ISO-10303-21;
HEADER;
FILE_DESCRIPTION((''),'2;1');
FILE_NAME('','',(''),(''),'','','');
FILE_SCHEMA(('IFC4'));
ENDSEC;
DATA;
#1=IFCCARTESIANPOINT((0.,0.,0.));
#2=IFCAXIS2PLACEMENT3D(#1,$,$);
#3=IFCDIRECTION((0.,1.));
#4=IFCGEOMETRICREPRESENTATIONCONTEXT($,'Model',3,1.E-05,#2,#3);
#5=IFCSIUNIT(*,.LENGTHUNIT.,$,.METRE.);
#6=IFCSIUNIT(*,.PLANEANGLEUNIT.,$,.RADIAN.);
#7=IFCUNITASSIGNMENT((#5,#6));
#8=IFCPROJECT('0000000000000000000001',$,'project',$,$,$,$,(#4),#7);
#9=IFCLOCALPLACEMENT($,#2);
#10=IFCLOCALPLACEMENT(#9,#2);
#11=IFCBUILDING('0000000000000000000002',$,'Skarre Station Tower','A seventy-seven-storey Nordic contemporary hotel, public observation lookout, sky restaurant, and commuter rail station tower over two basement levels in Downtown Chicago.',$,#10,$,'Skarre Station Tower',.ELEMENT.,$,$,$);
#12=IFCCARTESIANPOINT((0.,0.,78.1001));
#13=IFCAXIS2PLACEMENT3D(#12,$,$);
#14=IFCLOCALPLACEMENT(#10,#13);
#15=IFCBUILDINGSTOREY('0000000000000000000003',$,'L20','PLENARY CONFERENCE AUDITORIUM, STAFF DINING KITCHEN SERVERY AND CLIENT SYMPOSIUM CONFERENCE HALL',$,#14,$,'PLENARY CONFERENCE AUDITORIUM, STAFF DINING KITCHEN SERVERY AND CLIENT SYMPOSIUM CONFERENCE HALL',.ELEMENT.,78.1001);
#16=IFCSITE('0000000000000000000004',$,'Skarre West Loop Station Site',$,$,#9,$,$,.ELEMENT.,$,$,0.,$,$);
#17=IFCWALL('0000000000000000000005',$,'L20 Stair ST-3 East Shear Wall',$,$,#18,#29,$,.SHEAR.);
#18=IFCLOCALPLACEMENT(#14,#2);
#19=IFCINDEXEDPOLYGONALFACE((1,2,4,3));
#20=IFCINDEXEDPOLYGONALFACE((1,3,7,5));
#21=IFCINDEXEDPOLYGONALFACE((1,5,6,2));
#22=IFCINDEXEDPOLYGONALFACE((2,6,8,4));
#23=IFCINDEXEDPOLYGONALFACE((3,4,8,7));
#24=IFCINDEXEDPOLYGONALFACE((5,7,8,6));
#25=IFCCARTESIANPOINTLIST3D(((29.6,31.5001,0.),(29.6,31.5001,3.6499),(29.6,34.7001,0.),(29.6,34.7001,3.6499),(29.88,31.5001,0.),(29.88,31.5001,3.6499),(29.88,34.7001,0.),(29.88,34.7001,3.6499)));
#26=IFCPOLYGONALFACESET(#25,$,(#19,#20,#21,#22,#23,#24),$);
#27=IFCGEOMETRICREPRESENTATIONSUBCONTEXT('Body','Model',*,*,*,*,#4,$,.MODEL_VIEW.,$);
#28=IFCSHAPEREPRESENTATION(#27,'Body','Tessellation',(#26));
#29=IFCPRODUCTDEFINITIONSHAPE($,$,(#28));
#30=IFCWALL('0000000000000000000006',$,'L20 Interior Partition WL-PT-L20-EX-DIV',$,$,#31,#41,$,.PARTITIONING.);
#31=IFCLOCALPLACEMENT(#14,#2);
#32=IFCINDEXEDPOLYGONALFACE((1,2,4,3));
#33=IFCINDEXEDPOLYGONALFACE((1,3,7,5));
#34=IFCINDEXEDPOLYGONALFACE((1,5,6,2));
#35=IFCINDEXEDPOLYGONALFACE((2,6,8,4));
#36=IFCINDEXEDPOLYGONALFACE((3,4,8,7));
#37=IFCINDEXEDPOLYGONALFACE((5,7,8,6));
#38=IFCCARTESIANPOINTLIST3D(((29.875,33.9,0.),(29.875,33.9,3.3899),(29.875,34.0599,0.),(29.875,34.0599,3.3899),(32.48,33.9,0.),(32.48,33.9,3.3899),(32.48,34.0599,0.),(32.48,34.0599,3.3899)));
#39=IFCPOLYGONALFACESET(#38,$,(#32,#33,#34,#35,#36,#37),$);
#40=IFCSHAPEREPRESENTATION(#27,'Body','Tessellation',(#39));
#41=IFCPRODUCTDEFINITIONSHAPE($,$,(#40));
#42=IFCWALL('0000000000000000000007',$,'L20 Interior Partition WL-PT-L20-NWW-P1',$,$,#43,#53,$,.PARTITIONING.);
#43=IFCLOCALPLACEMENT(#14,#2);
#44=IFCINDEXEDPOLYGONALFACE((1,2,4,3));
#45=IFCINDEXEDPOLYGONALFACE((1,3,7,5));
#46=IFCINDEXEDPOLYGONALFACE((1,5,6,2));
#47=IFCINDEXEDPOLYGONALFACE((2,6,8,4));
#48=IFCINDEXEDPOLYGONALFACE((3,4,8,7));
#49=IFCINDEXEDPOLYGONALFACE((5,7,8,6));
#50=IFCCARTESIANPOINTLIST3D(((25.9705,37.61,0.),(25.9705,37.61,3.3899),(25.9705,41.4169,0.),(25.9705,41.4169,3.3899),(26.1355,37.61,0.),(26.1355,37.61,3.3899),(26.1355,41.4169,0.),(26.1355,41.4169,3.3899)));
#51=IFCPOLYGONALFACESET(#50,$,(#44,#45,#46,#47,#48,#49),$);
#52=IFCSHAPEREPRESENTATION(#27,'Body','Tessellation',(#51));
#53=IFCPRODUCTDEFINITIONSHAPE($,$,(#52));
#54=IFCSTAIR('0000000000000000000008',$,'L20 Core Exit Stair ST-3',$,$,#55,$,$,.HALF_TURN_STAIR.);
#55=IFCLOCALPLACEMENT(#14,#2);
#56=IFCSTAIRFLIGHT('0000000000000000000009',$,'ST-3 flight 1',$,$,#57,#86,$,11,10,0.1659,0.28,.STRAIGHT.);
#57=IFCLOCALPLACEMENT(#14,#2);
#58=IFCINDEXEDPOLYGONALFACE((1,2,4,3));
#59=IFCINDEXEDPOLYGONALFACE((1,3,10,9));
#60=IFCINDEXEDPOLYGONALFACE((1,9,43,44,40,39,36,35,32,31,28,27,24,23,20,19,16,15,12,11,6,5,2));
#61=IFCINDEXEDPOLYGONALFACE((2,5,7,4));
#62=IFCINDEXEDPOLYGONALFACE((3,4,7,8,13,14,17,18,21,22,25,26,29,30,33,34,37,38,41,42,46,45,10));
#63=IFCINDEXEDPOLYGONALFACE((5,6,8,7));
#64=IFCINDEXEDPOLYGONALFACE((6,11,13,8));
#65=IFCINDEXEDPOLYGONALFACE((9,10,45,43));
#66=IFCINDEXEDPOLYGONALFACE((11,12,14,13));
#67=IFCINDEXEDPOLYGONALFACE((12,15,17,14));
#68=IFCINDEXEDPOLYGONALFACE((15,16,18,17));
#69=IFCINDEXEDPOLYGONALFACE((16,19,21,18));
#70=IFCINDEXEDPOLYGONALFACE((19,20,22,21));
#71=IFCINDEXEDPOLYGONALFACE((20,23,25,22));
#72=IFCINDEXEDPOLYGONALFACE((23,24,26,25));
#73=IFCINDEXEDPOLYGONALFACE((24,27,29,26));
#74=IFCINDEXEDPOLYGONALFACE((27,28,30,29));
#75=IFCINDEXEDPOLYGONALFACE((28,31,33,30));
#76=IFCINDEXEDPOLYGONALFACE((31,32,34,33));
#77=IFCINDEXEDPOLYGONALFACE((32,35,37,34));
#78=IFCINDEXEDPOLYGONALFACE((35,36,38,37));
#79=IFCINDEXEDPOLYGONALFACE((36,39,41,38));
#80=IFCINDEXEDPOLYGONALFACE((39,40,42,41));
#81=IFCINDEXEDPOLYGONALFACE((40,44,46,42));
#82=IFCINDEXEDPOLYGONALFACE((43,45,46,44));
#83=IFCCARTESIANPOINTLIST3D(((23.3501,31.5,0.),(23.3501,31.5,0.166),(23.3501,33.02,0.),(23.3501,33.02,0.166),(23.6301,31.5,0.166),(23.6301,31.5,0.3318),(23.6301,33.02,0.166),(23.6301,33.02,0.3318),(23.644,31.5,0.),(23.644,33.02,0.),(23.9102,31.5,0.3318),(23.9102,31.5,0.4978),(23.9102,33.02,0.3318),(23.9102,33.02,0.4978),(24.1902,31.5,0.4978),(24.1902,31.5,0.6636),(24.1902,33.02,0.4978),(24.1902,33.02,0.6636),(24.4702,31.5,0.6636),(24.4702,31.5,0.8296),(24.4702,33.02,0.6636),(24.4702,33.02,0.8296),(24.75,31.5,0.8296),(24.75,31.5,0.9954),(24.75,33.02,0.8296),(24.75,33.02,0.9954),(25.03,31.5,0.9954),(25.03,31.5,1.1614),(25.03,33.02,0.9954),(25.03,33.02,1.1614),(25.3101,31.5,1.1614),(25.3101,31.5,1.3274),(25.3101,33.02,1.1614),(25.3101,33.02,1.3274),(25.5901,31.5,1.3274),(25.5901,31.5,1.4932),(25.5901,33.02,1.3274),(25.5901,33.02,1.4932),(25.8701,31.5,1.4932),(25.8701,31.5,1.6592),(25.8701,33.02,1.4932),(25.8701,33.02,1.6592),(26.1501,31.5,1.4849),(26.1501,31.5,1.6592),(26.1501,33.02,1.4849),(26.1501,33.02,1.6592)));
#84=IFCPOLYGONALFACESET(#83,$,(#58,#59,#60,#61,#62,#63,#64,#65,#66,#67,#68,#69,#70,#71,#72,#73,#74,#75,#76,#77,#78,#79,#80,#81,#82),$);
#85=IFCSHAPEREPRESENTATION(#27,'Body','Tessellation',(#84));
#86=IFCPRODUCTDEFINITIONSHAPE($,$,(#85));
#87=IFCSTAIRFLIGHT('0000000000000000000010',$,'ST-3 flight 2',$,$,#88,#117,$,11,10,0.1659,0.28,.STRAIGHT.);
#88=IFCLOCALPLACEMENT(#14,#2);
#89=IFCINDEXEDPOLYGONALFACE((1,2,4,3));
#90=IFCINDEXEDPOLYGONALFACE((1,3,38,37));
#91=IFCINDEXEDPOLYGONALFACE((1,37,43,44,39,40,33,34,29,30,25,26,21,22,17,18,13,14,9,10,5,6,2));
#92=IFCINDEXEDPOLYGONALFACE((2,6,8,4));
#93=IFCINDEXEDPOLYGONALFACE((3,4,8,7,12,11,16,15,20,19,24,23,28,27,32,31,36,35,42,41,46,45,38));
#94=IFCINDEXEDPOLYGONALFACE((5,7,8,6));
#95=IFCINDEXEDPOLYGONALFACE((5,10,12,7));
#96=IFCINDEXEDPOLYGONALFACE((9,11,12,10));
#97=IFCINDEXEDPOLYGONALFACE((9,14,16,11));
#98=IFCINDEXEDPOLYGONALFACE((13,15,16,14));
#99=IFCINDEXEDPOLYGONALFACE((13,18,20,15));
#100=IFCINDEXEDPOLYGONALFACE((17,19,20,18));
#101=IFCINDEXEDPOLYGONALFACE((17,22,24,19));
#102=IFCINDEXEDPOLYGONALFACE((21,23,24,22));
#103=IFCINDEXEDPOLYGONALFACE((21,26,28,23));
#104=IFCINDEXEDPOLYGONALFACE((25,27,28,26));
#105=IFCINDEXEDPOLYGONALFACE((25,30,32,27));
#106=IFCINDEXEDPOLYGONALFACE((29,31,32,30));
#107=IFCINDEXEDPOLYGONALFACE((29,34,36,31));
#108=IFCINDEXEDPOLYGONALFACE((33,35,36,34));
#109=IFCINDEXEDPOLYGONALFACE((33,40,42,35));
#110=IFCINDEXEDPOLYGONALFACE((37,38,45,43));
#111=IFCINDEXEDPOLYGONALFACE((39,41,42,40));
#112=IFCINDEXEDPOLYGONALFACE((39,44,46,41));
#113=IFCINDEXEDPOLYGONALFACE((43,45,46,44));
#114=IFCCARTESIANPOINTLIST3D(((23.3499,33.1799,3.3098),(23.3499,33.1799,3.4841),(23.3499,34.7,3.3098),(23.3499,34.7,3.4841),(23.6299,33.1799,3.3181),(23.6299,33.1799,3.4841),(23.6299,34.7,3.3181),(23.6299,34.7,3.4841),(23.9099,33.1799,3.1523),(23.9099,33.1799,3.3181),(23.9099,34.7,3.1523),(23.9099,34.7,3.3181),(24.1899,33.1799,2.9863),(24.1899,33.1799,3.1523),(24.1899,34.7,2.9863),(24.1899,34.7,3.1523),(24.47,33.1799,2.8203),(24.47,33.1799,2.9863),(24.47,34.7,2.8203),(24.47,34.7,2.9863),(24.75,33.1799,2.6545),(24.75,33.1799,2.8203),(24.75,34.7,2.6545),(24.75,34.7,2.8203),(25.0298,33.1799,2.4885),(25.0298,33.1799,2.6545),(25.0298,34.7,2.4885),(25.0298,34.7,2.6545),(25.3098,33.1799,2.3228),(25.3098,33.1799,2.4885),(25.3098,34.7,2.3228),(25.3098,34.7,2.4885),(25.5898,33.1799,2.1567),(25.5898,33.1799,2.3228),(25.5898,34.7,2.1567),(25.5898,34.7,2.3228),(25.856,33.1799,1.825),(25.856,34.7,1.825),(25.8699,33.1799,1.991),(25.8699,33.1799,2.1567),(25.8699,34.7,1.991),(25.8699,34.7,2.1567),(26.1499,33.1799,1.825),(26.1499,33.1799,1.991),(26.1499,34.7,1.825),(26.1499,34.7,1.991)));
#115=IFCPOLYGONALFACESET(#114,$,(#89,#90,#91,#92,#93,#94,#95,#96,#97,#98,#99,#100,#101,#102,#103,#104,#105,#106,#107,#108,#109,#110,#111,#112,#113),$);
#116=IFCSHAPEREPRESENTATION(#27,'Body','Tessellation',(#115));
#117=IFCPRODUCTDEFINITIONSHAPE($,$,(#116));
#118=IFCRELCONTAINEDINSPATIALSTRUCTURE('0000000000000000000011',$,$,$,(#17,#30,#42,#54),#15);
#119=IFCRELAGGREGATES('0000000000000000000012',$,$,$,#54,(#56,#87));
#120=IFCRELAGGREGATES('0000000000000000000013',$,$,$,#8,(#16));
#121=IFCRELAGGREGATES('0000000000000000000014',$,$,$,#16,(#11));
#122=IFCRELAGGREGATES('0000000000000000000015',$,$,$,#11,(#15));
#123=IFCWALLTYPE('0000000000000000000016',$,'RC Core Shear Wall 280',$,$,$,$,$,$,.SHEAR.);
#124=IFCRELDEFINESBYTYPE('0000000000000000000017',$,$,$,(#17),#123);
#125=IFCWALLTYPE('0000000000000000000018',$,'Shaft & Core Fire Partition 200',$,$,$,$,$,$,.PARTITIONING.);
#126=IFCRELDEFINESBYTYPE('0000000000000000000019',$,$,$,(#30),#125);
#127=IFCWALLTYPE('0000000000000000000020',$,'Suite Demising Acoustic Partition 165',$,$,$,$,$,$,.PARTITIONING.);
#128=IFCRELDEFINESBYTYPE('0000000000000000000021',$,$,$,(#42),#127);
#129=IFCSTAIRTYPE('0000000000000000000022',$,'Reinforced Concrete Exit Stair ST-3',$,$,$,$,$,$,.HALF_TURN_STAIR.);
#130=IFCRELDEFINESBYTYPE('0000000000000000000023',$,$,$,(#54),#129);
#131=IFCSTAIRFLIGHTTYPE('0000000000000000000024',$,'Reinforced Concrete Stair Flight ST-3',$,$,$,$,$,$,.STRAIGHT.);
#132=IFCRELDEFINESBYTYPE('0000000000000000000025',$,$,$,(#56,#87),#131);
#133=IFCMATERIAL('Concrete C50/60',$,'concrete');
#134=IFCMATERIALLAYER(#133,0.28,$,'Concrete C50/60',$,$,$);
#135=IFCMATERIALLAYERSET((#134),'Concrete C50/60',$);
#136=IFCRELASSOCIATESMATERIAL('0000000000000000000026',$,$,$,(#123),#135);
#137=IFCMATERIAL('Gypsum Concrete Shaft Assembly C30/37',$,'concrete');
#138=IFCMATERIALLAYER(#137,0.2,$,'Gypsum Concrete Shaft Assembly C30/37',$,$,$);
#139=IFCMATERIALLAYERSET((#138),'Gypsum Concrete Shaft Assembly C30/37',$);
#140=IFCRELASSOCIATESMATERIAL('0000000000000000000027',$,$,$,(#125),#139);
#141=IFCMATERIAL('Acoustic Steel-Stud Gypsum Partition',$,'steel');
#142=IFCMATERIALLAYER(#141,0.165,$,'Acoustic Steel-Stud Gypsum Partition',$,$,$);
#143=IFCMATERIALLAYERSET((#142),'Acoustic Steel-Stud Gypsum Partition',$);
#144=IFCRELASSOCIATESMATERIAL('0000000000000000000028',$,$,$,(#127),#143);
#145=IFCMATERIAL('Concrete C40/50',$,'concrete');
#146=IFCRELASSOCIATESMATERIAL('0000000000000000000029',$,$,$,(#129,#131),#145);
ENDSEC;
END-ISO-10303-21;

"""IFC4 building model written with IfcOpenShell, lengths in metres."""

from ifc_helpers import new_model, si_unit, direction, frame, frame_2d, origin, place, context, subcontext, project, spatial, polyline, rectangle, outline, extrude, material, layer, layer_set, type_object, element, aggregate, save


model = new_model("IFC4")

# Units and contexts
model_context = context("Model", 3, precision=1e-05, world=origin(), true_north=direction((0.0, 1.0)))
body_context = subcontext(model_context, "Body", "Model", "MODEL_VIEW")
ifc_project = project(units=[si_unit("LENGTHUNIT", "METRE"), si_unit("PLANEANGLEUNIT", "RADIAN")], contexts=[model_context])

# Site, building, storey
site_placement = place(None, origin())
site = spatial("IfcSite", under=ifc_project, at=site_placement, Name="Skarre West Loop Station Site", CompositionType="ELEMENT", RefElevation=0.0)
building_placement = place(site_placement, origin())
building = spatial("IfcBuilding", under=site, at=building_placement, Name="Skarre Station Tower", Description="A seventy-seven-storey Nordic contemporary hotel, public observation lookout, sky restaurant, and commuter rail station tower over two basement levels in Downtown Chicago.", LongName="Skarre Station Tower", CompositionType="ELEMENT")
storey_placement = place(building_placement, frame((0.0, 0.0, 78.1001)))
storey = spatial("IfcBuildingStorey", under=building, at=storey_placement, Name="L20", Description="PLENARY CONFERENCE AUDITORIUM, STAFF DINING KITCHEN SERVERY AND CLIENT SYMPOSIUM CONFERENCE HALL", LongName="PLENARY CONFERENCE AUDITORIUM, STAFF DINING KITCHEN SERVERY AND CLIENT SYMPOSIUM CONFERENCE HALL", CompositionType="ELEMENT", Elevation=78.1001)

# Shared definitions
ifc_material_1 = material(Name="Acoustic Steel-Stud Gypsum Partition", Category="steel")

# Walls
ifc_material_2 = material(Name="Concrete C50/60", Category="concrete")
ifc_layer_1 = layer(ifc_material_2, 0.28, Name="Concrete C50/60")
ifc_layer_set_1 = layer_set([ifc_layer_1], Name="Concrete C50/60")
wall_type_1 = type_object("IfcWallType", Name="RC Core Shear Wall 280", PredefinedType="SHEAR", material=ifc_layer_set_1)
for number, where, z_axis, x_axis, name in (
    (1, (29.74, 31.5, 0.0), (0.0, 0.0, 1.0), (0.0, 1.0, 0.0), "L20 Stair ST-3 East Shear Wall"),
):
    element("IfcWall", number, at=place(storey_placement, frame(where, z_axis=z_axis, x_axis=x_axis)), inside=storey, type_object=wall_type_1, Name=name, PredefinedType="SHEAR", context=body_context, shape_type="SweptSolid", body=[
        extrude(rectangle(XDim=3.2, YDim=0.28, at=frame_2d((1.6001, 0.0))), origin(), (0.0, 0.0, 1.0), 3.6499),
    ])
ifc_material_3 = material(Name="Gypsum Concrete Shaft Assembly C30/37", Category="concrete")
ifc_layer_2 = layer(ifc_material_3, 0.2, Name="Gypsum Concrete Shaft Assembly C30/37")
ifc_layer_set_2 = layer_set([ifc_layer_2], Name="Gypsum Concrete Shaft Assembly C30/37")
wall_type_2 = type_object("IfcWallType", Name="Shaft & Core Fire Partition 200", PredefinedType="PARTITIONING", material=ifc_layer_set_2)
wall_1_placement = place(storey_placement, frame((29.875, 33.98, 0.0), z_axis=(0.0, 0.0, 1.0), x_axis=(1.0, 0.0, 0.0)))
element("IfcWall", 2, at=wall_1_placement, inside=storey, type_object=wall_type_2, Name="L20 Interior Partition WL-PT-L20-EX-DIV", PredefinedType="PARTITIONING", context=body_context, shape_type="SweptSolid", body=[
    extrude(rectangle(XDim=2.605, YDim=0.1599, at=frame_2d((1.3025, 0.0))), origin(), (0.0, 0.0, 1.0), 3.3899),
])
ifc_layer_3 = layer(ifc_material_1, 0.165, Name="Acoustic Steel-Stud Gypsum Partition")
ifc_layer_set_3 = layer_set([ifc_layer_3], Name="Acoustic Steel-Stud Gypsum Partition")
wall_type_3 = type_object("IfcWallType", Name="Suite Demising Acoustic Partition 165", PredefinedType="PARTITIONING", material=ifc_layer_set_3)
wall_2_placement = place(storey_placement, frame((26.053, 37.6101, 0.0), z_axis=(0.0, 0.0, 1.0), x_axis=(0.0, 1.0, 0.0)))
element("IfcWall", 3, at=wall_2_placement, inside=storey, type_object=wall_type_3, Name="L20 Interior Partition WL-PT-L20-NWW-P1", PredefinedType="PARTITIONING", context=body_context, shape_type="SweptSolid", body=[
    extrude(rectangle(XDim=3.8069, YDim=0.165, at=frame_2d((1.9033, 0.0))), origin(), (0.0, 0.0, 1.0), 3.3899),
])

# Stair, stair flights
ifc_material_4 = material(Name="Concrete C40/50", Category="concrete")
stair_type = type_object("IfcStairType", Name="Reinforced Concrete Exit Stair ST-3", PredefinedType="HALF_TURN_STAIR", material=ifc_material_4)
stair_placement = place(storey_placement, origin())
stair = element("IfcStair", 4, at=stair_placement, inside=storey, type_object=stair_type, Name="L20 Core Exit Stair ST-3", PredefinedType="HALF_TURN_STAIR")
stair_flight_type = type_object("IfcStairFlightType", Name="Reinforced Concrete Stair Flight ST-3", PredefinedType="STRAIGHT", material=ifc_material_4)
stair_flight_1_placement = place(storey_placement, frame((23.3501, 32.26, 0.0), z_axis=(0.0, 0.0, 1.0), x_axis=(1.0, 0.0, 0.0)))
stair_flight_1 = element("IfcStairFlight", 5, at=stair_flight_1_placement, type_object=stair_flight_type, Name="ST-3 flight 1", NumberOfRisers=11, NumberOfTreads=10, PredefinedType="STRAIGHT", RiserHeight=0.1659, TreadLength=0.28, context=body_context, shape_type="SweptSolid", body=[
    extrude(outline(polyline([(0.0, 0.0), (0.0, 0.166), (0.28, 0.166), (0.28, 0.3318), (0.5601, 0.3318), (0.5601, 0.4978), (0.8401, 0.4978), (0.8401, 0.6636), (1.1201, 0.6636), (1.1201, 0.8296), (1.3999, 0.8296), (1.3999, 0.9954), (1.6799, 0.9954), (1.6799, 1.1614), (1.96, 1.1614), (1.96, 1.3274), (2.24, 1.3274), (2.24, 1.4932), (2.52, 1.4932), (2.52, 1.6592), (2.8, 1.6592), (2.8, 1.825), (2.8, 1.4849), (0.2939, 0.0), (0.0, 0.0)])), frame((0.0, 0.76, 0.0), z_axis=(0.0, -1.0, 0.0), x_axis=(1.0, 0.0, 0.0)), (0.0, 0.0, 1.0), 1.52),
])
stair_flight_2_placement = place(storey_placement, frame((26.1499, 33.9399, 1.825), z_axis=(0.0, 0.0, 1.0), x_axis=(-1.0, 0.0, 0.0)))
stair_flight_2 = element("IfcStairFlight", 6, at=stair_flight_2_placement, type_object=stair_flight_type, Name="ST-3 flight 2", NumberOfRisers=11, NumberOfTreads=10, PredefinedType="STRAIGHT", RiserHeight=0.1659, TreadLength=0.28, context=body_context, shape_type="SweptSolid", body=[
    extrude(outline(polyline([(0.0, 0.0), (0.0, 0.166), (0.28, 0.166), (0.28, 0.3318), (0.5601, 0.3318), (0.5601, 0.4978), (0.8401, 0.4978), (0.8401, 0.6636), (1.1201, 0.6636), (1.1201, 0.8296), (1.3999, 0.8296), (1.3999, 0.9954), (1.6799, 0.9954), (1.6799, 1.1614), (1.96, 1.1614), (1.96, 1.3274), (2.24, 1.3274), (2.24, 1.4932), (2.52, 1.4932), (2.52, 1.6592), (2.8, 1.6592), (2.8, 1.825), (2.8, 1.4849), (0.2939, 0.0), (0.0, 0.0)])), frame((0.0, 0.76, 0.0), z_axis=(0.0, -1.0, 0.0), x_axis=(1.0, 0.0, 0.0)), (0.0, 0.0, 1.0), 1.52),
])
aggregate(stair, [stair_flight_1, stair_flight_2])

save(model, "model.ifc")
